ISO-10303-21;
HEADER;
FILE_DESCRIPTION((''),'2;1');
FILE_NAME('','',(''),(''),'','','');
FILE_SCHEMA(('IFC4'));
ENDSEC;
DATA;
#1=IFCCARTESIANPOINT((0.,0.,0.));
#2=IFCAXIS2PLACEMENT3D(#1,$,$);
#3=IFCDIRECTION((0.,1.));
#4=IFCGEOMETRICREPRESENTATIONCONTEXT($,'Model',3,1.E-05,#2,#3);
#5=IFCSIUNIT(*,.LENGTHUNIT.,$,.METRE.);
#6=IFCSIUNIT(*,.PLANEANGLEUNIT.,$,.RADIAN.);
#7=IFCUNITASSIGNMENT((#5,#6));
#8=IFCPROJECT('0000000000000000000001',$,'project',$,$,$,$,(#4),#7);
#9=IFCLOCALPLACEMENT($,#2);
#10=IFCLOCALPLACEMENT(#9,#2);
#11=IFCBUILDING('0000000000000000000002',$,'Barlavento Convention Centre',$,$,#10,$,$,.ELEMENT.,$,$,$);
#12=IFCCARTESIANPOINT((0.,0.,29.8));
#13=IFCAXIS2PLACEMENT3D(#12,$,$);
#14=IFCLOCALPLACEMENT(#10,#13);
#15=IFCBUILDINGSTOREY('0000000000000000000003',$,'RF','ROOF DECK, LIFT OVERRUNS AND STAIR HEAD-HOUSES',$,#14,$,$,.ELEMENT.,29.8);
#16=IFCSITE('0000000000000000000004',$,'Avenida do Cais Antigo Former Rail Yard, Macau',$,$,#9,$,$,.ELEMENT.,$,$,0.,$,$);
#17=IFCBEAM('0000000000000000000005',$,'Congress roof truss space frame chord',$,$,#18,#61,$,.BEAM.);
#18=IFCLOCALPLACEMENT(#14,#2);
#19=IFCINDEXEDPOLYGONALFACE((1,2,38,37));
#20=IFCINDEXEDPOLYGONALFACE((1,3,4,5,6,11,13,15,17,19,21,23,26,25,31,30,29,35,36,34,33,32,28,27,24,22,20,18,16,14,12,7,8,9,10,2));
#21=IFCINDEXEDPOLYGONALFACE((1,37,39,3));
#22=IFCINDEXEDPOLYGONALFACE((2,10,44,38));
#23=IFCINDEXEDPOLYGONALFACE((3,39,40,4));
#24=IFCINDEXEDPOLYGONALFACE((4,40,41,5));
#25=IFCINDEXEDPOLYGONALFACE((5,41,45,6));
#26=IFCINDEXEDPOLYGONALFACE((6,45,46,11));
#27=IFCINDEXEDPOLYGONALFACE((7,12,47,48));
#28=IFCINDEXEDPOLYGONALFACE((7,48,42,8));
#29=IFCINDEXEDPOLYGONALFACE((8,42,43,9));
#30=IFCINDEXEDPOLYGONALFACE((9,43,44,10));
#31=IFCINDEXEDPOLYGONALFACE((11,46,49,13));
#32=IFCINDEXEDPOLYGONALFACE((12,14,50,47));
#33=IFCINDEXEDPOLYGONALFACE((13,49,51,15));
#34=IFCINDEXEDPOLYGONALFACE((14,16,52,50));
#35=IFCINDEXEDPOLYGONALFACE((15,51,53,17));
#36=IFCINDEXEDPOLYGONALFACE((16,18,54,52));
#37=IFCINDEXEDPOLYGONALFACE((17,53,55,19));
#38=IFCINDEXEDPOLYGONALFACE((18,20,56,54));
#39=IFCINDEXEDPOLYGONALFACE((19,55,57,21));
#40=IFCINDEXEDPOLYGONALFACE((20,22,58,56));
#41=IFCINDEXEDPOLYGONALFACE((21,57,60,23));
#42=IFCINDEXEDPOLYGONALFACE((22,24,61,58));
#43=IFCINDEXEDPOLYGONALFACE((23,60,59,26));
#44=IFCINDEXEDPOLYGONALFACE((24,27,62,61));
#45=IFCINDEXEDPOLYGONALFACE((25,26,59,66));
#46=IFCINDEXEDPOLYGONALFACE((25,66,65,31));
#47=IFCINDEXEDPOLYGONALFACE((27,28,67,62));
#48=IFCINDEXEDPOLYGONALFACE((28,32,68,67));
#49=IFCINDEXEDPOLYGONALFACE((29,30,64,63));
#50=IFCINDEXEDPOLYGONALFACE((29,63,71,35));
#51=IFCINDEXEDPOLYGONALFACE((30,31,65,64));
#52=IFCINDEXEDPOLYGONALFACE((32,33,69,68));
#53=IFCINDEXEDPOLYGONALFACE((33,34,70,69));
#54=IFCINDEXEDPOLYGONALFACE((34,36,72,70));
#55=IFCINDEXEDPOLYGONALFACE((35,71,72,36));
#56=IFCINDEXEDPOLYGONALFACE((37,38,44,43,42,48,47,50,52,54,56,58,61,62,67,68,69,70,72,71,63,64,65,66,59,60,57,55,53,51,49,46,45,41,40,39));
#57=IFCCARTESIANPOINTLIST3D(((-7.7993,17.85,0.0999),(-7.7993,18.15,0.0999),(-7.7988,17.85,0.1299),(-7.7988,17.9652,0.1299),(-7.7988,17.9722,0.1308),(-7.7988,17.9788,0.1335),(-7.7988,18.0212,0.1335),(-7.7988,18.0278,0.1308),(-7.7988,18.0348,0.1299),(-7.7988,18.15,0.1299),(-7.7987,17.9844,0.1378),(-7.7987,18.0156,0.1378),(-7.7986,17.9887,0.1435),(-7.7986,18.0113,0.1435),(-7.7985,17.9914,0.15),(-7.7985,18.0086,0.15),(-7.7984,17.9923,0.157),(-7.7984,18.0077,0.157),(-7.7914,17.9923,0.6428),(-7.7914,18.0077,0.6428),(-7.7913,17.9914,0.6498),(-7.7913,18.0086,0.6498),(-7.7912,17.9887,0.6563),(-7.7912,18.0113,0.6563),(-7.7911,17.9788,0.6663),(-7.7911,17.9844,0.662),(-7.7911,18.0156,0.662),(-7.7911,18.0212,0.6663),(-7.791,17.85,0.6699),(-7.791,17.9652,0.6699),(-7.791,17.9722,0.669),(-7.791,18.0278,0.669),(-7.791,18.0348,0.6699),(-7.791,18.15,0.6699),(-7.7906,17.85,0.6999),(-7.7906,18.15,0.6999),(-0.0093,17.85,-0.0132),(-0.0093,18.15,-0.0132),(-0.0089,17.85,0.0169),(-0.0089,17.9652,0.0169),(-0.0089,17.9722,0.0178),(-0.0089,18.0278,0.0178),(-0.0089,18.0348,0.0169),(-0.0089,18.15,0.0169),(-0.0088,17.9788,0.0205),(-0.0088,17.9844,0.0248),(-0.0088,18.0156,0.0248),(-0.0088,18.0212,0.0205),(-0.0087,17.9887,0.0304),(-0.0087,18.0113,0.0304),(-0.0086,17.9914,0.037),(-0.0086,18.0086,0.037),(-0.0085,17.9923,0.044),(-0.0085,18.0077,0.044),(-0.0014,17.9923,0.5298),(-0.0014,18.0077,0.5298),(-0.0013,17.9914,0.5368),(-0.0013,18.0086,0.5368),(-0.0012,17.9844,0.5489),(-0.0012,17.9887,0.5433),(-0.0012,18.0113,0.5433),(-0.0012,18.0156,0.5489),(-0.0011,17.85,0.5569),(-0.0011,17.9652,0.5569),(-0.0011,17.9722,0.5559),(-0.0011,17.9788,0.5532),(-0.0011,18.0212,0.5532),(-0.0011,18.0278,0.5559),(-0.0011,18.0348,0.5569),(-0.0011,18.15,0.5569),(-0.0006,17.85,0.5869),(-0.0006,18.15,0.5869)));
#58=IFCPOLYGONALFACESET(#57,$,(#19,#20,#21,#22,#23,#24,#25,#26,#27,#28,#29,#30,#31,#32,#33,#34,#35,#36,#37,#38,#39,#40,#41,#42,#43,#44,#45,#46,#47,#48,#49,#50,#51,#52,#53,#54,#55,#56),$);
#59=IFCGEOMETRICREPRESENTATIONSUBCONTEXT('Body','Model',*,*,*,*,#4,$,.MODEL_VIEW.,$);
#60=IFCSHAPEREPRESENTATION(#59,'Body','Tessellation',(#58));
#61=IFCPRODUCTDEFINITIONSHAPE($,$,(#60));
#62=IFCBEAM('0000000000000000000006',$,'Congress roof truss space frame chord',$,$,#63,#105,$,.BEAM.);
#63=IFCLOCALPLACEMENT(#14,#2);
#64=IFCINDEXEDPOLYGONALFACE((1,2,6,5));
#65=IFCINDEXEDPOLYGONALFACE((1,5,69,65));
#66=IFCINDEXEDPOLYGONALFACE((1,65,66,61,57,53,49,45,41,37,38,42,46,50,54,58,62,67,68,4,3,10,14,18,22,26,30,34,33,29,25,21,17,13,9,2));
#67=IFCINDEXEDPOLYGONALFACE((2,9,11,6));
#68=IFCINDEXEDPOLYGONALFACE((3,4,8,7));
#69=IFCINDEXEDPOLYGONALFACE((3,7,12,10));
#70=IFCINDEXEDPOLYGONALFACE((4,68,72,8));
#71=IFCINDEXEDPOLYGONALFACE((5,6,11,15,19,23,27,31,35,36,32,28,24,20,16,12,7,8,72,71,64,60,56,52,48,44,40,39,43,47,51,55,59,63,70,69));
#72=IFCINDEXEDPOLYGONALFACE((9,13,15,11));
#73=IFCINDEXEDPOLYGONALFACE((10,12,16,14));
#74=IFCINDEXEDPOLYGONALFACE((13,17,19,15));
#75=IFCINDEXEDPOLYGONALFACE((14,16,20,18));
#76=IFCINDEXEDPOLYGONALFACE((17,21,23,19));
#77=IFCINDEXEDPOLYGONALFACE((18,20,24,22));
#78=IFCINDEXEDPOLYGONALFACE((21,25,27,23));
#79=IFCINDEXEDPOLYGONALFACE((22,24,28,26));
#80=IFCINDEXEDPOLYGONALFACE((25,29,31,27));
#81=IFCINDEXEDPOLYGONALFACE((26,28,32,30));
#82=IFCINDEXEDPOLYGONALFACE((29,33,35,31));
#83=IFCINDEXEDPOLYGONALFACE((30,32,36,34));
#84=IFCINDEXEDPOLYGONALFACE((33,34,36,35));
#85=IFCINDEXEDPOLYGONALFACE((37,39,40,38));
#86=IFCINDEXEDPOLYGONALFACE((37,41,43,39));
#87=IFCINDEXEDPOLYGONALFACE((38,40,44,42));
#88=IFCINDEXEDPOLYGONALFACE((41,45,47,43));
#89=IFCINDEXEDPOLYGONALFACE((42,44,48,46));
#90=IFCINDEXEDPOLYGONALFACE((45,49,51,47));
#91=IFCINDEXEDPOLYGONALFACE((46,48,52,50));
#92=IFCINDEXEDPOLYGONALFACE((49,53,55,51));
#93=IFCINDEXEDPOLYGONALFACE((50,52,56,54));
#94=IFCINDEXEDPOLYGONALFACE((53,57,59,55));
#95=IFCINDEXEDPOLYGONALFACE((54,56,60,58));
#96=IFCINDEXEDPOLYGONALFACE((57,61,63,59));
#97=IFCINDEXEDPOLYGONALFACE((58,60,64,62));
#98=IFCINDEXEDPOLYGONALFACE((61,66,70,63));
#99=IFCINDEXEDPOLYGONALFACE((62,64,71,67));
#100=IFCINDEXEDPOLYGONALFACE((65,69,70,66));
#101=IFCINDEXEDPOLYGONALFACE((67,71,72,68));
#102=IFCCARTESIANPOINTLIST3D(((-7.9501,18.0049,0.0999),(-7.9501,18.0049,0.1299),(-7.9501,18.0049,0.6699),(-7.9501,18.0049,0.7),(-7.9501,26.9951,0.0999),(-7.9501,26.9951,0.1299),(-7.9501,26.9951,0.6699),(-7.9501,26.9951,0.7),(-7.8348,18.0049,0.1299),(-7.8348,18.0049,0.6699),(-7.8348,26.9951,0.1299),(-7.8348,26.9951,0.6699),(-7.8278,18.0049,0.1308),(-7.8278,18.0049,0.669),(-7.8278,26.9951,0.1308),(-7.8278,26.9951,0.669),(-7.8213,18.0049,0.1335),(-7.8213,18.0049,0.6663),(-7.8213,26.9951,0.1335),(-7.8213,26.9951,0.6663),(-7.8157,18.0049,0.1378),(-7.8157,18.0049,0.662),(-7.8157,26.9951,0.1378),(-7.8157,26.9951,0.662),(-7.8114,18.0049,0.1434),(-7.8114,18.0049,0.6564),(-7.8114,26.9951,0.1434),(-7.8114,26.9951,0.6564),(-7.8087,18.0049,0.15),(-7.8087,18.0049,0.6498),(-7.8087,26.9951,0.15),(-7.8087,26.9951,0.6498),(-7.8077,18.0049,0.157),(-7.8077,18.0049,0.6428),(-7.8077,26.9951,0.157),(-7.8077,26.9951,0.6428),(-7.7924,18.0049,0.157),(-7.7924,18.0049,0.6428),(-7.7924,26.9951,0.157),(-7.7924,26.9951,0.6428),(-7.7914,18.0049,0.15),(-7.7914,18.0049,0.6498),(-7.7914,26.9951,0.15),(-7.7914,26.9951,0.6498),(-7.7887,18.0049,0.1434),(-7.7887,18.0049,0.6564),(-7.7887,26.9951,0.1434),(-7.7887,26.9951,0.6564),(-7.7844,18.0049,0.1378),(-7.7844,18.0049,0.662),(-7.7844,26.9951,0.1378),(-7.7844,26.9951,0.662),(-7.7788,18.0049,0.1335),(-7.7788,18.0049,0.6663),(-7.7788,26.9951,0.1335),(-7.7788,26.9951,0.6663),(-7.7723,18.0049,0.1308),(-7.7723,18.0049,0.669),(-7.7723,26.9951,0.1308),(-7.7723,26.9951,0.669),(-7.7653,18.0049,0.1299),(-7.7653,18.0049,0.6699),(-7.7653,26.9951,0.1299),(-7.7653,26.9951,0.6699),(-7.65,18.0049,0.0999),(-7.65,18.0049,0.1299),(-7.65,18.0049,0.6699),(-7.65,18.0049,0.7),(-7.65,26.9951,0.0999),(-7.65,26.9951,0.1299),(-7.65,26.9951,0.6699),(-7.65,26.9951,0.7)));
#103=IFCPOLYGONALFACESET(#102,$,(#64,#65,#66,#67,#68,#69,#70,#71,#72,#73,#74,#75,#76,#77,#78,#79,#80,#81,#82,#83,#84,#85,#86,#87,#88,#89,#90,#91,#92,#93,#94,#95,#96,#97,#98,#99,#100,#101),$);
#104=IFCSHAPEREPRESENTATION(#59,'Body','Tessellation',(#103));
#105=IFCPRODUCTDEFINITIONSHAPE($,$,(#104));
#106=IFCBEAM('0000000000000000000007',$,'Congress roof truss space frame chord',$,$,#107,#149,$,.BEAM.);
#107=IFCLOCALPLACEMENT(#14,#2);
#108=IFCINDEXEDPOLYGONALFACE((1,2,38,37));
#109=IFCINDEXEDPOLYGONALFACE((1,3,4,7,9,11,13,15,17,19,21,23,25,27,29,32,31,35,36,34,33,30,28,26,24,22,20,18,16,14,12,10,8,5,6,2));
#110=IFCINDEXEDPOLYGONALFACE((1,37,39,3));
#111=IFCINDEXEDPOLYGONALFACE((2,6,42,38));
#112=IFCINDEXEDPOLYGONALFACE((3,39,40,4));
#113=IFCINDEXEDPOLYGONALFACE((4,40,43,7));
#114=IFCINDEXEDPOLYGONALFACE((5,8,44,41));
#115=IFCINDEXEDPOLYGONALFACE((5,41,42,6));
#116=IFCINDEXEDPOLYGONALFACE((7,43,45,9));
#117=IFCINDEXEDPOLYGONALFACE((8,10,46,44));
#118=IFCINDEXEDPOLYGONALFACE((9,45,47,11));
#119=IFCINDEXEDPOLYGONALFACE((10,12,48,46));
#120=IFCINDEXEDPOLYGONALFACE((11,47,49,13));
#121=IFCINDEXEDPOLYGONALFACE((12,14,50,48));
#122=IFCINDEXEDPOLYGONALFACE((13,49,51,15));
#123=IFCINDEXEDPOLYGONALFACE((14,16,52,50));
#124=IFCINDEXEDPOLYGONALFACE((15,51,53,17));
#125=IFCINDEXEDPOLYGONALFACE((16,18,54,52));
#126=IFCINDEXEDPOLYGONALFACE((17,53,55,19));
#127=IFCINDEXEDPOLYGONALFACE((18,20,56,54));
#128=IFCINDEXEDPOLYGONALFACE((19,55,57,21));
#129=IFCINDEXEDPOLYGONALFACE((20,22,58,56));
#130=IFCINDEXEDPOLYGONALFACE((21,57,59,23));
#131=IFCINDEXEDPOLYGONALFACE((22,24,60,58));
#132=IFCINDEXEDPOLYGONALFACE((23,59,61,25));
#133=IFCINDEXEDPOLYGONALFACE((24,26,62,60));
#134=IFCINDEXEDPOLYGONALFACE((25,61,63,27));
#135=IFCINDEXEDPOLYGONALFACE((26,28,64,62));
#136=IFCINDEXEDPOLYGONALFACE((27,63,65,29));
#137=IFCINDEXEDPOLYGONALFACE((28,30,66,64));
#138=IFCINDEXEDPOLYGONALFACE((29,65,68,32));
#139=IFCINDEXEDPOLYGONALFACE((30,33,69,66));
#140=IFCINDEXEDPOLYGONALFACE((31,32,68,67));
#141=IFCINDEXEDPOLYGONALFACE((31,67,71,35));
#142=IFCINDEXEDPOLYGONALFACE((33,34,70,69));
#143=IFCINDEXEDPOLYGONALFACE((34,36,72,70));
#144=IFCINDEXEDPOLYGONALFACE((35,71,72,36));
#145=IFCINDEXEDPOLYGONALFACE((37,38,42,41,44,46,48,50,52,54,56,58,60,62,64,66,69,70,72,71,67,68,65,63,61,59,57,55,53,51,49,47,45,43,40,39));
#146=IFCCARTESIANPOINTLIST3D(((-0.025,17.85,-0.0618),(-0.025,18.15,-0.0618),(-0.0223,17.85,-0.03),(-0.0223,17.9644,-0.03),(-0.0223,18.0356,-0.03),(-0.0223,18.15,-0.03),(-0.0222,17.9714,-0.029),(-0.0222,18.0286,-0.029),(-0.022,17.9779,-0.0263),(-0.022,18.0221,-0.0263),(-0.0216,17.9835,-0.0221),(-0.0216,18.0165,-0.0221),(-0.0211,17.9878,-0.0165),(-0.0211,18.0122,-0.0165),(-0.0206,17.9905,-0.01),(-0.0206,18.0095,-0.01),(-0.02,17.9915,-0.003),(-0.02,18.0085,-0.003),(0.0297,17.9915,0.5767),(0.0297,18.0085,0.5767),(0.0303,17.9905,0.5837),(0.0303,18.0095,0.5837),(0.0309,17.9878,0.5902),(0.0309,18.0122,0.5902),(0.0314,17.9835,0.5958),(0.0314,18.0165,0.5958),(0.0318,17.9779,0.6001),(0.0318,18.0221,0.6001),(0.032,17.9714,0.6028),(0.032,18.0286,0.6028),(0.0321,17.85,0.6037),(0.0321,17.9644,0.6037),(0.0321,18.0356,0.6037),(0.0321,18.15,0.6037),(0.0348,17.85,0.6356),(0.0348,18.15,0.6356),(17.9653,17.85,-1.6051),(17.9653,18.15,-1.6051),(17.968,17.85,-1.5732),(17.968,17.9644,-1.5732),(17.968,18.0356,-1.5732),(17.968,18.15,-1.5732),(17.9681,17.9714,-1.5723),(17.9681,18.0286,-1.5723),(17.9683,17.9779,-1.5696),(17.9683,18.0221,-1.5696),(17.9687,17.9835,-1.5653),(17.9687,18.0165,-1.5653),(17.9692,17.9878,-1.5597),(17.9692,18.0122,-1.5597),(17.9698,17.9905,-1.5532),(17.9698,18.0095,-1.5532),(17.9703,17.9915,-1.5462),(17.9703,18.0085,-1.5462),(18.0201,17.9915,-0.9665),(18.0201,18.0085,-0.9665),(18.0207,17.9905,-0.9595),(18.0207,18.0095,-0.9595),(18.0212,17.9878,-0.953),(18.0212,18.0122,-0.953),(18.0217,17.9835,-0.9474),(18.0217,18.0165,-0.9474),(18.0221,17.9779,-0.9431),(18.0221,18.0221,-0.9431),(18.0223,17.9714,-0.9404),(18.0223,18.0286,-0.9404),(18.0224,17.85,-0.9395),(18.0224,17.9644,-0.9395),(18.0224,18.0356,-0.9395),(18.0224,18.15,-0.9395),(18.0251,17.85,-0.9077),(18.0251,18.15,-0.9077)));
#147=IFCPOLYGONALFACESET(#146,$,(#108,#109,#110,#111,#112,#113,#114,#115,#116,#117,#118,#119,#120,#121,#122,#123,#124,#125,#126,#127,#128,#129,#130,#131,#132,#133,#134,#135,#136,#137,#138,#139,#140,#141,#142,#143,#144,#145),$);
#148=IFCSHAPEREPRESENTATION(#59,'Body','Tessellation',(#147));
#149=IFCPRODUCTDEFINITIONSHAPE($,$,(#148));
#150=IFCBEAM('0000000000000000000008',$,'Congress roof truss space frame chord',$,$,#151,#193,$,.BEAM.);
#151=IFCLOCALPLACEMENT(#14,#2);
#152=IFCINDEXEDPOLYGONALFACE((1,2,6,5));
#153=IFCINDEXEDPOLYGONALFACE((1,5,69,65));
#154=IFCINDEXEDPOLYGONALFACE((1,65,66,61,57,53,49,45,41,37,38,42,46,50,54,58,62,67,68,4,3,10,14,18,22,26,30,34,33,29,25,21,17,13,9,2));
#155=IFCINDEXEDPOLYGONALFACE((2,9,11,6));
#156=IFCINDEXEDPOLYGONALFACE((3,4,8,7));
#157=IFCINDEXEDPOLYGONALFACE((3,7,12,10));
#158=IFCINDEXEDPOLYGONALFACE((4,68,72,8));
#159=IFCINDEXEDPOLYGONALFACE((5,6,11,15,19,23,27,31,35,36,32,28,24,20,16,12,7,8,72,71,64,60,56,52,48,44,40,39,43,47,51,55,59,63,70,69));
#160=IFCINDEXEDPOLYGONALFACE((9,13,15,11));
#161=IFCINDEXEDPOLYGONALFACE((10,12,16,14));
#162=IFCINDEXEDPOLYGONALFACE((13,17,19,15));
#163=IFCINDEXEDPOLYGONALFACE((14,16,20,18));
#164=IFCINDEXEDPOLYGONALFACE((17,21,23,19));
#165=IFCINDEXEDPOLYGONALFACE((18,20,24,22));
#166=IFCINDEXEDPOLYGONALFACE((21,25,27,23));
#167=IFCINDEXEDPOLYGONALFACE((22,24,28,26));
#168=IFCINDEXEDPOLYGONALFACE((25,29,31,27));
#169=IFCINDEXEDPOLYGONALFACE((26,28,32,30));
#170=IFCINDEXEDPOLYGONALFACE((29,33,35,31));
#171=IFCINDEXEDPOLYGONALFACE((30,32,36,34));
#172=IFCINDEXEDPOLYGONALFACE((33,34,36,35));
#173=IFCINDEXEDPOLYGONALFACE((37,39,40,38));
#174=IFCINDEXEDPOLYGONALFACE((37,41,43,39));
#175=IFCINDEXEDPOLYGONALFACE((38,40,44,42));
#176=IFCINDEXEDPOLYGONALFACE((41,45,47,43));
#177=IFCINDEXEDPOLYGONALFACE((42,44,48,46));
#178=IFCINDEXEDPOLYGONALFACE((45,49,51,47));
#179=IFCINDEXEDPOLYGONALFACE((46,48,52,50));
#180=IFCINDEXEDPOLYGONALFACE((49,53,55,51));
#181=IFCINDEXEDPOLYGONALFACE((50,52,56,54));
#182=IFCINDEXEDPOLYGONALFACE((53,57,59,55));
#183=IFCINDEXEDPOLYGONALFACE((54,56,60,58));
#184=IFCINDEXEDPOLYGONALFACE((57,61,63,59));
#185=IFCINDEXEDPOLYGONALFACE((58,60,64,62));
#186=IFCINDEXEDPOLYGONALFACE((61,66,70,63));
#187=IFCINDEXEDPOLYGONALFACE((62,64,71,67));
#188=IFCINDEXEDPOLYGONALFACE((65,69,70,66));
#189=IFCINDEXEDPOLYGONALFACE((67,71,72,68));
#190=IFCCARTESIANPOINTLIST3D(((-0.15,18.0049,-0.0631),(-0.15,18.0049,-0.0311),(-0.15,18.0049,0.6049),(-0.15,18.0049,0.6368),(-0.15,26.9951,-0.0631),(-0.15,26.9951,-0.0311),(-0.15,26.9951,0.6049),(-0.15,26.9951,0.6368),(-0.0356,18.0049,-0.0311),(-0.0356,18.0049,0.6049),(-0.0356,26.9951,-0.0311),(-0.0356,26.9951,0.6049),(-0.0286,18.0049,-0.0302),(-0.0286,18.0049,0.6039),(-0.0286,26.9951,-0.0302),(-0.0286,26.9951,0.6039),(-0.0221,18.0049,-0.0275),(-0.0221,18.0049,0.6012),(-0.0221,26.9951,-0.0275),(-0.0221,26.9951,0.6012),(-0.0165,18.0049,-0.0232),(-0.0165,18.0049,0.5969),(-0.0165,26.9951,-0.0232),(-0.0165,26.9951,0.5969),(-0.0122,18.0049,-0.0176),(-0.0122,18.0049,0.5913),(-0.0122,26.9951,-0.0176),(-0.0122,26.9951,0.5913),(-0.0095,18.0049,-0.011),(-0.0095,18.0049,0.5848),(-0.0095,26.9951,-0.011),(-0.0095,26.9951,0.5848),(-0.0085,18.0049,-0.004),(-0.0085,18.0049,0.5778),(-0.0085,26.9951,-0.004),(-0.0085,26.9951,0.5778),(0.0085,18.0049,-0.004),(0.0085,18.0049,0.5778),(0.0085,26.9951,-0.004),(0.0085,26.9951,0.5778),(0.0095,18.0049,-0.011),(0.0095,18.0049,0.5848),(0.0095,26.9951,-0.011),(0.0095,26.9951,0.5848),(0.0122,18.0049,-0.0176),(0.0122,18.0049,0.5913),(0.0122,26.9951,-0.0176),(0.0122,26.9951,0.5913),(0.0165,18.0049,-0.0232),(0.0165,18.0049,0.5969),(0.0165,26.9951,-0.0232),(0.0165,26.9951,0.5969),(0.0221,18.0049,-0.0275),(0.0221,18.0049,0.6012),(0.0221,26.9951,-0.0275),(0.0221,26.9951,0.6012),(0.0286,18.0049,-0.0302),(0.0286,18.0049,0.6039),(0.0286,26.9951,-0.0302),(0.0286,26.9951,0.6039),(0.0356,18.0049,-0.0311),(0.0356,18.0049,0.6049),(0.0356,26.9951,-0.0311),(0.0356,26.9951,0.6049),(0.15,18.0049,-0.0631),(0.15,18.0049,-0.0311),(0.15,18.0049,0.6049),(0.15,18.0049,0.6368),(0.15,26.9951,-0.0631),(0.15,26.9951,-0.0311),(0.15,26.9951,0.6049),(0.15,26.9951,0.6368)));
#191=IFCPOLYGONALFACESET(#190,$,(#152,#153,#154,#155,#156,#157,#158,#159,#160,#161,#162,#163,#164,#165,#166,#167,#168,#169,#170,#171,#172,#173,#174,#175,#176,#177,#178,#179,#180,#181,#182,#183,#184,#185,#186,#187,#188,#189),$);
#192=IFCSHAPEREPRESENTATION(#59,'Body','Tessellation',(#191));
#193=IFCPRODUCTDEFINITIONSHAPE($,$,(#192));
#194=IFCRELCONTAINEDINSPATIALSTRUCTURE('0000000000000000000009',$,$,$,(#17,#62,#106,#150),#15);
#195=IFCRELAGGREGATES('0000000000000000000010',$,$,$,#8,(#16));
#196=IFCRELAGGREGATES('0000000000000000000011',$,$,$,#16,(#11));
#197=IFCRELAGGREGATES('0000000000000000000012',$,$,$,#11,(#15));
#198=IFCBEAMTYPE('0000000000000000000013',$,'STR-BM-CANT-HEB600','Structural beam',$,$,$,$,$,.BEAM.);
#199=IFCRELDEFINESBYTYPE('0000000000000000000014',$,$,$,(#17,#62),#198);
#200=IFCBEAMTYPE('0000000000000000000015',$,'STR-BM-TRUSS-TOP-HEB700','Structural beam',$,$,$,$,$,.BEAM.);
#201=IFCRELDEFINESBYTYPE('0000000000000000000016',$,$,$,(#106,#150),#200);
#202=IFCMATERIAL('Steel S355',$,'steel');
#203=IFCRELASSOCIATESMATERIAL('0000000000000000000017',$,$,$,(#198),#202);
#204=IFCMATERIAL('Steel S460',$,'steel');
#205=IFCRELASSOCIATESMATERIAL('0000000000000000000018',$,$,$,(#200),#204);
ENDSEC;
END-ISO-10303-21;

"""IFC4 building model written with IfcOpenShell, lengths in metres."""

from ifc_helpers import new_model, si_unit, direction, frame, origin, origin_2d, place, context, subcontext, project, spatial, i_section, extrude, material, material_profile, profile_set, type_object, element, save


model = new_model("IFC4")

# Units and contexts
model_context = context("Model", 3, precision=1e-05, world=origin(), true_north=direction((0.0, 1.0)))
body_context = subcontext(model_context, "Body", "Model", "MODEL_VIEW")
ifc_project = project(units=[si_unit("LENGTHUNIT", "METRE"), si_unit("PLANEANGLEUNIT", "RADIAN")], contexts=[model_context])

# Site, building, storey
site_placement = place(None, origin())
site = spatial("IfcSite", under=ifc_project, at=site_placement, Name="Avenida do Cais Antigo Former Rail Yard, Macau", CompositionType="ELEMENT", RefElevation=0.0)
building_placement = place(site_placement, origin())
building = spatial("IfcBuilding", under=site, at=building_placement, Name="Barlavento Convention Centre", CompositionType="ELEMENT")
storey_placement = place(building_placement, frame((0.0, 0.0, 29.8)))
storey = spatial("IfcBuildingStorey", under=building, at=storey_placement, Name="RF", Description="ROOF DECK, LIFT OVERRUNS AND STAIR HEAD-HOUSES", CompositionType="ELEMENT", Elevation=29.8)

# Beams
ifc_material_1 = material(Name="Steel S355", Category="steel")
ifc_material_profile_1 = material_profile(ifc_material_1, i_section(OverallWidth=0.3, OverallDepth=0.6001, WebThickness=0.0154, FlangeThickness=0.03, FilletRadius=0.0271, at=origin_2d()), Name="HEB 600")
ifc_profile_set_1 = profile_set([ifc_material_profile_1], Name="Steel S355")
beam_type_1 = type_object("IfcBeamType", Name="STR-BM-CANT-HEB600", Description="Structural beam", PredefinedType="BEAM", material=ifc_profile_set_1)
beam_1_placement = place(storey_placement, frame((-7.7949, 18.0, 0.3999), z_axis=(0.999895, 0.0, -0.014509), x_axis=(0.0, 1.0, 0.0)))
element("IfcBeam", 1, at=beam_1_placement, inside=storey, type_object=beam_type_1, Name="Congress roof truss space frame chord", PredefinedType="BEAM", context=body_context, shape_type="SweptSolid", body=[
    extrude(i_section(OverallWidth=0.3, OverallDepth=0.6001, WebThickness=0.0154, FlangeThickness=0.03, FilletRadius=0.0271, at=origin_2d()), origin(), (0.0, 0.0, 1.0), 7.7908),
])
beam_2_placement = place(storey_placement, frame((-7.8, 18.0049, 0.3999), z_axis=(0.0, 1.0, 0.0), x_axis=(-1.0, 0.0, 0.0)))
element("IfcBeam", 2, at=beam_2_placement, inside=storey, type_object=beam_type_1, Name="Congress roof truss space frame chord", PredefinedType="BEAM", context=body_context, shape_type="SweptSolid", body=[
    extrude(i_section(OverallWidth=0.3, OverallDepth=0.6001, WebThickness=0.0154, FlangeThickness=0.03, FilletRadius=0.0271, at=origin_2d()), origin(), (0.0, 0.0, 1.0), 8.9902),
])
ifc_material_2 = material(Name="Steel S460", Category="steel")
ifc_material_profile_2 = material_profile(ifc_material_2, i_section(OverallWidth=0.3, OverallDepth=0.7, WebThickness=0.0171, FlangeThickness=0.032, FilletRadius=0.0271, at=origin_2d()), Name="HEB 700")
ifc_profile_set_2 = profile_set([ifc_material_profile_2], Name="Steel S460")
beam_type_2 = type_object("IfcBeamType", Name="STR-BM-TRUSS-TOP-HEB700", Description="Structural beam", PredefinedType="BEAM", material=ifc_profile_set_2)
beam_3_placement = place(storey_placement, frame((0.0049, 18.0, 0.2869), z_axis=(0.996341, 0.0, -0.085467), x_axis=(0.0, 1.0, 0.0)))
element("IfcBeam", 3, at=beam_3_placement, inside=storey, type_object=beam_type_2, Name="Congress roof truss space frame chord", PredefinedType="BEAM", context=body_context, shape_type="SweptSolid", body=[
    extrude(i_section(OverallWidth=0.3, OverallDepth=0.7, WebThickness=0.0171, FlangeThickness=0.032, FilletRadius=0.0271, at=origin_2d()), origin(), (0.0, 0.0, 1.0), 18.0564),
])
beam_4_placement = place(storey_placement, frame((0.0, 18.0049, 0.2869), z_axis=(0.0, 1.0, 0.0), x_axis=(-1.0, 0.0, 0.0)))
element("IfcBeam", 4, at=beam_4_placement, inside=storey, type_object=beam_type_2, Name="Congress roof truss space frame chord", PredefinedType="BEAM", context=body_context, shape_type="SweptSolid", body=[
    extrude(i_section(OverallWidth=0.3, OverallDepth=0.7, WebThickness=0.0171, FlangeThickness=0.032, FilletRadius=0.0271, at=origin_2d()), origin(), (0.0, 0.0, 1.0), 8.9902),
])

save(model, "model.ifc")
